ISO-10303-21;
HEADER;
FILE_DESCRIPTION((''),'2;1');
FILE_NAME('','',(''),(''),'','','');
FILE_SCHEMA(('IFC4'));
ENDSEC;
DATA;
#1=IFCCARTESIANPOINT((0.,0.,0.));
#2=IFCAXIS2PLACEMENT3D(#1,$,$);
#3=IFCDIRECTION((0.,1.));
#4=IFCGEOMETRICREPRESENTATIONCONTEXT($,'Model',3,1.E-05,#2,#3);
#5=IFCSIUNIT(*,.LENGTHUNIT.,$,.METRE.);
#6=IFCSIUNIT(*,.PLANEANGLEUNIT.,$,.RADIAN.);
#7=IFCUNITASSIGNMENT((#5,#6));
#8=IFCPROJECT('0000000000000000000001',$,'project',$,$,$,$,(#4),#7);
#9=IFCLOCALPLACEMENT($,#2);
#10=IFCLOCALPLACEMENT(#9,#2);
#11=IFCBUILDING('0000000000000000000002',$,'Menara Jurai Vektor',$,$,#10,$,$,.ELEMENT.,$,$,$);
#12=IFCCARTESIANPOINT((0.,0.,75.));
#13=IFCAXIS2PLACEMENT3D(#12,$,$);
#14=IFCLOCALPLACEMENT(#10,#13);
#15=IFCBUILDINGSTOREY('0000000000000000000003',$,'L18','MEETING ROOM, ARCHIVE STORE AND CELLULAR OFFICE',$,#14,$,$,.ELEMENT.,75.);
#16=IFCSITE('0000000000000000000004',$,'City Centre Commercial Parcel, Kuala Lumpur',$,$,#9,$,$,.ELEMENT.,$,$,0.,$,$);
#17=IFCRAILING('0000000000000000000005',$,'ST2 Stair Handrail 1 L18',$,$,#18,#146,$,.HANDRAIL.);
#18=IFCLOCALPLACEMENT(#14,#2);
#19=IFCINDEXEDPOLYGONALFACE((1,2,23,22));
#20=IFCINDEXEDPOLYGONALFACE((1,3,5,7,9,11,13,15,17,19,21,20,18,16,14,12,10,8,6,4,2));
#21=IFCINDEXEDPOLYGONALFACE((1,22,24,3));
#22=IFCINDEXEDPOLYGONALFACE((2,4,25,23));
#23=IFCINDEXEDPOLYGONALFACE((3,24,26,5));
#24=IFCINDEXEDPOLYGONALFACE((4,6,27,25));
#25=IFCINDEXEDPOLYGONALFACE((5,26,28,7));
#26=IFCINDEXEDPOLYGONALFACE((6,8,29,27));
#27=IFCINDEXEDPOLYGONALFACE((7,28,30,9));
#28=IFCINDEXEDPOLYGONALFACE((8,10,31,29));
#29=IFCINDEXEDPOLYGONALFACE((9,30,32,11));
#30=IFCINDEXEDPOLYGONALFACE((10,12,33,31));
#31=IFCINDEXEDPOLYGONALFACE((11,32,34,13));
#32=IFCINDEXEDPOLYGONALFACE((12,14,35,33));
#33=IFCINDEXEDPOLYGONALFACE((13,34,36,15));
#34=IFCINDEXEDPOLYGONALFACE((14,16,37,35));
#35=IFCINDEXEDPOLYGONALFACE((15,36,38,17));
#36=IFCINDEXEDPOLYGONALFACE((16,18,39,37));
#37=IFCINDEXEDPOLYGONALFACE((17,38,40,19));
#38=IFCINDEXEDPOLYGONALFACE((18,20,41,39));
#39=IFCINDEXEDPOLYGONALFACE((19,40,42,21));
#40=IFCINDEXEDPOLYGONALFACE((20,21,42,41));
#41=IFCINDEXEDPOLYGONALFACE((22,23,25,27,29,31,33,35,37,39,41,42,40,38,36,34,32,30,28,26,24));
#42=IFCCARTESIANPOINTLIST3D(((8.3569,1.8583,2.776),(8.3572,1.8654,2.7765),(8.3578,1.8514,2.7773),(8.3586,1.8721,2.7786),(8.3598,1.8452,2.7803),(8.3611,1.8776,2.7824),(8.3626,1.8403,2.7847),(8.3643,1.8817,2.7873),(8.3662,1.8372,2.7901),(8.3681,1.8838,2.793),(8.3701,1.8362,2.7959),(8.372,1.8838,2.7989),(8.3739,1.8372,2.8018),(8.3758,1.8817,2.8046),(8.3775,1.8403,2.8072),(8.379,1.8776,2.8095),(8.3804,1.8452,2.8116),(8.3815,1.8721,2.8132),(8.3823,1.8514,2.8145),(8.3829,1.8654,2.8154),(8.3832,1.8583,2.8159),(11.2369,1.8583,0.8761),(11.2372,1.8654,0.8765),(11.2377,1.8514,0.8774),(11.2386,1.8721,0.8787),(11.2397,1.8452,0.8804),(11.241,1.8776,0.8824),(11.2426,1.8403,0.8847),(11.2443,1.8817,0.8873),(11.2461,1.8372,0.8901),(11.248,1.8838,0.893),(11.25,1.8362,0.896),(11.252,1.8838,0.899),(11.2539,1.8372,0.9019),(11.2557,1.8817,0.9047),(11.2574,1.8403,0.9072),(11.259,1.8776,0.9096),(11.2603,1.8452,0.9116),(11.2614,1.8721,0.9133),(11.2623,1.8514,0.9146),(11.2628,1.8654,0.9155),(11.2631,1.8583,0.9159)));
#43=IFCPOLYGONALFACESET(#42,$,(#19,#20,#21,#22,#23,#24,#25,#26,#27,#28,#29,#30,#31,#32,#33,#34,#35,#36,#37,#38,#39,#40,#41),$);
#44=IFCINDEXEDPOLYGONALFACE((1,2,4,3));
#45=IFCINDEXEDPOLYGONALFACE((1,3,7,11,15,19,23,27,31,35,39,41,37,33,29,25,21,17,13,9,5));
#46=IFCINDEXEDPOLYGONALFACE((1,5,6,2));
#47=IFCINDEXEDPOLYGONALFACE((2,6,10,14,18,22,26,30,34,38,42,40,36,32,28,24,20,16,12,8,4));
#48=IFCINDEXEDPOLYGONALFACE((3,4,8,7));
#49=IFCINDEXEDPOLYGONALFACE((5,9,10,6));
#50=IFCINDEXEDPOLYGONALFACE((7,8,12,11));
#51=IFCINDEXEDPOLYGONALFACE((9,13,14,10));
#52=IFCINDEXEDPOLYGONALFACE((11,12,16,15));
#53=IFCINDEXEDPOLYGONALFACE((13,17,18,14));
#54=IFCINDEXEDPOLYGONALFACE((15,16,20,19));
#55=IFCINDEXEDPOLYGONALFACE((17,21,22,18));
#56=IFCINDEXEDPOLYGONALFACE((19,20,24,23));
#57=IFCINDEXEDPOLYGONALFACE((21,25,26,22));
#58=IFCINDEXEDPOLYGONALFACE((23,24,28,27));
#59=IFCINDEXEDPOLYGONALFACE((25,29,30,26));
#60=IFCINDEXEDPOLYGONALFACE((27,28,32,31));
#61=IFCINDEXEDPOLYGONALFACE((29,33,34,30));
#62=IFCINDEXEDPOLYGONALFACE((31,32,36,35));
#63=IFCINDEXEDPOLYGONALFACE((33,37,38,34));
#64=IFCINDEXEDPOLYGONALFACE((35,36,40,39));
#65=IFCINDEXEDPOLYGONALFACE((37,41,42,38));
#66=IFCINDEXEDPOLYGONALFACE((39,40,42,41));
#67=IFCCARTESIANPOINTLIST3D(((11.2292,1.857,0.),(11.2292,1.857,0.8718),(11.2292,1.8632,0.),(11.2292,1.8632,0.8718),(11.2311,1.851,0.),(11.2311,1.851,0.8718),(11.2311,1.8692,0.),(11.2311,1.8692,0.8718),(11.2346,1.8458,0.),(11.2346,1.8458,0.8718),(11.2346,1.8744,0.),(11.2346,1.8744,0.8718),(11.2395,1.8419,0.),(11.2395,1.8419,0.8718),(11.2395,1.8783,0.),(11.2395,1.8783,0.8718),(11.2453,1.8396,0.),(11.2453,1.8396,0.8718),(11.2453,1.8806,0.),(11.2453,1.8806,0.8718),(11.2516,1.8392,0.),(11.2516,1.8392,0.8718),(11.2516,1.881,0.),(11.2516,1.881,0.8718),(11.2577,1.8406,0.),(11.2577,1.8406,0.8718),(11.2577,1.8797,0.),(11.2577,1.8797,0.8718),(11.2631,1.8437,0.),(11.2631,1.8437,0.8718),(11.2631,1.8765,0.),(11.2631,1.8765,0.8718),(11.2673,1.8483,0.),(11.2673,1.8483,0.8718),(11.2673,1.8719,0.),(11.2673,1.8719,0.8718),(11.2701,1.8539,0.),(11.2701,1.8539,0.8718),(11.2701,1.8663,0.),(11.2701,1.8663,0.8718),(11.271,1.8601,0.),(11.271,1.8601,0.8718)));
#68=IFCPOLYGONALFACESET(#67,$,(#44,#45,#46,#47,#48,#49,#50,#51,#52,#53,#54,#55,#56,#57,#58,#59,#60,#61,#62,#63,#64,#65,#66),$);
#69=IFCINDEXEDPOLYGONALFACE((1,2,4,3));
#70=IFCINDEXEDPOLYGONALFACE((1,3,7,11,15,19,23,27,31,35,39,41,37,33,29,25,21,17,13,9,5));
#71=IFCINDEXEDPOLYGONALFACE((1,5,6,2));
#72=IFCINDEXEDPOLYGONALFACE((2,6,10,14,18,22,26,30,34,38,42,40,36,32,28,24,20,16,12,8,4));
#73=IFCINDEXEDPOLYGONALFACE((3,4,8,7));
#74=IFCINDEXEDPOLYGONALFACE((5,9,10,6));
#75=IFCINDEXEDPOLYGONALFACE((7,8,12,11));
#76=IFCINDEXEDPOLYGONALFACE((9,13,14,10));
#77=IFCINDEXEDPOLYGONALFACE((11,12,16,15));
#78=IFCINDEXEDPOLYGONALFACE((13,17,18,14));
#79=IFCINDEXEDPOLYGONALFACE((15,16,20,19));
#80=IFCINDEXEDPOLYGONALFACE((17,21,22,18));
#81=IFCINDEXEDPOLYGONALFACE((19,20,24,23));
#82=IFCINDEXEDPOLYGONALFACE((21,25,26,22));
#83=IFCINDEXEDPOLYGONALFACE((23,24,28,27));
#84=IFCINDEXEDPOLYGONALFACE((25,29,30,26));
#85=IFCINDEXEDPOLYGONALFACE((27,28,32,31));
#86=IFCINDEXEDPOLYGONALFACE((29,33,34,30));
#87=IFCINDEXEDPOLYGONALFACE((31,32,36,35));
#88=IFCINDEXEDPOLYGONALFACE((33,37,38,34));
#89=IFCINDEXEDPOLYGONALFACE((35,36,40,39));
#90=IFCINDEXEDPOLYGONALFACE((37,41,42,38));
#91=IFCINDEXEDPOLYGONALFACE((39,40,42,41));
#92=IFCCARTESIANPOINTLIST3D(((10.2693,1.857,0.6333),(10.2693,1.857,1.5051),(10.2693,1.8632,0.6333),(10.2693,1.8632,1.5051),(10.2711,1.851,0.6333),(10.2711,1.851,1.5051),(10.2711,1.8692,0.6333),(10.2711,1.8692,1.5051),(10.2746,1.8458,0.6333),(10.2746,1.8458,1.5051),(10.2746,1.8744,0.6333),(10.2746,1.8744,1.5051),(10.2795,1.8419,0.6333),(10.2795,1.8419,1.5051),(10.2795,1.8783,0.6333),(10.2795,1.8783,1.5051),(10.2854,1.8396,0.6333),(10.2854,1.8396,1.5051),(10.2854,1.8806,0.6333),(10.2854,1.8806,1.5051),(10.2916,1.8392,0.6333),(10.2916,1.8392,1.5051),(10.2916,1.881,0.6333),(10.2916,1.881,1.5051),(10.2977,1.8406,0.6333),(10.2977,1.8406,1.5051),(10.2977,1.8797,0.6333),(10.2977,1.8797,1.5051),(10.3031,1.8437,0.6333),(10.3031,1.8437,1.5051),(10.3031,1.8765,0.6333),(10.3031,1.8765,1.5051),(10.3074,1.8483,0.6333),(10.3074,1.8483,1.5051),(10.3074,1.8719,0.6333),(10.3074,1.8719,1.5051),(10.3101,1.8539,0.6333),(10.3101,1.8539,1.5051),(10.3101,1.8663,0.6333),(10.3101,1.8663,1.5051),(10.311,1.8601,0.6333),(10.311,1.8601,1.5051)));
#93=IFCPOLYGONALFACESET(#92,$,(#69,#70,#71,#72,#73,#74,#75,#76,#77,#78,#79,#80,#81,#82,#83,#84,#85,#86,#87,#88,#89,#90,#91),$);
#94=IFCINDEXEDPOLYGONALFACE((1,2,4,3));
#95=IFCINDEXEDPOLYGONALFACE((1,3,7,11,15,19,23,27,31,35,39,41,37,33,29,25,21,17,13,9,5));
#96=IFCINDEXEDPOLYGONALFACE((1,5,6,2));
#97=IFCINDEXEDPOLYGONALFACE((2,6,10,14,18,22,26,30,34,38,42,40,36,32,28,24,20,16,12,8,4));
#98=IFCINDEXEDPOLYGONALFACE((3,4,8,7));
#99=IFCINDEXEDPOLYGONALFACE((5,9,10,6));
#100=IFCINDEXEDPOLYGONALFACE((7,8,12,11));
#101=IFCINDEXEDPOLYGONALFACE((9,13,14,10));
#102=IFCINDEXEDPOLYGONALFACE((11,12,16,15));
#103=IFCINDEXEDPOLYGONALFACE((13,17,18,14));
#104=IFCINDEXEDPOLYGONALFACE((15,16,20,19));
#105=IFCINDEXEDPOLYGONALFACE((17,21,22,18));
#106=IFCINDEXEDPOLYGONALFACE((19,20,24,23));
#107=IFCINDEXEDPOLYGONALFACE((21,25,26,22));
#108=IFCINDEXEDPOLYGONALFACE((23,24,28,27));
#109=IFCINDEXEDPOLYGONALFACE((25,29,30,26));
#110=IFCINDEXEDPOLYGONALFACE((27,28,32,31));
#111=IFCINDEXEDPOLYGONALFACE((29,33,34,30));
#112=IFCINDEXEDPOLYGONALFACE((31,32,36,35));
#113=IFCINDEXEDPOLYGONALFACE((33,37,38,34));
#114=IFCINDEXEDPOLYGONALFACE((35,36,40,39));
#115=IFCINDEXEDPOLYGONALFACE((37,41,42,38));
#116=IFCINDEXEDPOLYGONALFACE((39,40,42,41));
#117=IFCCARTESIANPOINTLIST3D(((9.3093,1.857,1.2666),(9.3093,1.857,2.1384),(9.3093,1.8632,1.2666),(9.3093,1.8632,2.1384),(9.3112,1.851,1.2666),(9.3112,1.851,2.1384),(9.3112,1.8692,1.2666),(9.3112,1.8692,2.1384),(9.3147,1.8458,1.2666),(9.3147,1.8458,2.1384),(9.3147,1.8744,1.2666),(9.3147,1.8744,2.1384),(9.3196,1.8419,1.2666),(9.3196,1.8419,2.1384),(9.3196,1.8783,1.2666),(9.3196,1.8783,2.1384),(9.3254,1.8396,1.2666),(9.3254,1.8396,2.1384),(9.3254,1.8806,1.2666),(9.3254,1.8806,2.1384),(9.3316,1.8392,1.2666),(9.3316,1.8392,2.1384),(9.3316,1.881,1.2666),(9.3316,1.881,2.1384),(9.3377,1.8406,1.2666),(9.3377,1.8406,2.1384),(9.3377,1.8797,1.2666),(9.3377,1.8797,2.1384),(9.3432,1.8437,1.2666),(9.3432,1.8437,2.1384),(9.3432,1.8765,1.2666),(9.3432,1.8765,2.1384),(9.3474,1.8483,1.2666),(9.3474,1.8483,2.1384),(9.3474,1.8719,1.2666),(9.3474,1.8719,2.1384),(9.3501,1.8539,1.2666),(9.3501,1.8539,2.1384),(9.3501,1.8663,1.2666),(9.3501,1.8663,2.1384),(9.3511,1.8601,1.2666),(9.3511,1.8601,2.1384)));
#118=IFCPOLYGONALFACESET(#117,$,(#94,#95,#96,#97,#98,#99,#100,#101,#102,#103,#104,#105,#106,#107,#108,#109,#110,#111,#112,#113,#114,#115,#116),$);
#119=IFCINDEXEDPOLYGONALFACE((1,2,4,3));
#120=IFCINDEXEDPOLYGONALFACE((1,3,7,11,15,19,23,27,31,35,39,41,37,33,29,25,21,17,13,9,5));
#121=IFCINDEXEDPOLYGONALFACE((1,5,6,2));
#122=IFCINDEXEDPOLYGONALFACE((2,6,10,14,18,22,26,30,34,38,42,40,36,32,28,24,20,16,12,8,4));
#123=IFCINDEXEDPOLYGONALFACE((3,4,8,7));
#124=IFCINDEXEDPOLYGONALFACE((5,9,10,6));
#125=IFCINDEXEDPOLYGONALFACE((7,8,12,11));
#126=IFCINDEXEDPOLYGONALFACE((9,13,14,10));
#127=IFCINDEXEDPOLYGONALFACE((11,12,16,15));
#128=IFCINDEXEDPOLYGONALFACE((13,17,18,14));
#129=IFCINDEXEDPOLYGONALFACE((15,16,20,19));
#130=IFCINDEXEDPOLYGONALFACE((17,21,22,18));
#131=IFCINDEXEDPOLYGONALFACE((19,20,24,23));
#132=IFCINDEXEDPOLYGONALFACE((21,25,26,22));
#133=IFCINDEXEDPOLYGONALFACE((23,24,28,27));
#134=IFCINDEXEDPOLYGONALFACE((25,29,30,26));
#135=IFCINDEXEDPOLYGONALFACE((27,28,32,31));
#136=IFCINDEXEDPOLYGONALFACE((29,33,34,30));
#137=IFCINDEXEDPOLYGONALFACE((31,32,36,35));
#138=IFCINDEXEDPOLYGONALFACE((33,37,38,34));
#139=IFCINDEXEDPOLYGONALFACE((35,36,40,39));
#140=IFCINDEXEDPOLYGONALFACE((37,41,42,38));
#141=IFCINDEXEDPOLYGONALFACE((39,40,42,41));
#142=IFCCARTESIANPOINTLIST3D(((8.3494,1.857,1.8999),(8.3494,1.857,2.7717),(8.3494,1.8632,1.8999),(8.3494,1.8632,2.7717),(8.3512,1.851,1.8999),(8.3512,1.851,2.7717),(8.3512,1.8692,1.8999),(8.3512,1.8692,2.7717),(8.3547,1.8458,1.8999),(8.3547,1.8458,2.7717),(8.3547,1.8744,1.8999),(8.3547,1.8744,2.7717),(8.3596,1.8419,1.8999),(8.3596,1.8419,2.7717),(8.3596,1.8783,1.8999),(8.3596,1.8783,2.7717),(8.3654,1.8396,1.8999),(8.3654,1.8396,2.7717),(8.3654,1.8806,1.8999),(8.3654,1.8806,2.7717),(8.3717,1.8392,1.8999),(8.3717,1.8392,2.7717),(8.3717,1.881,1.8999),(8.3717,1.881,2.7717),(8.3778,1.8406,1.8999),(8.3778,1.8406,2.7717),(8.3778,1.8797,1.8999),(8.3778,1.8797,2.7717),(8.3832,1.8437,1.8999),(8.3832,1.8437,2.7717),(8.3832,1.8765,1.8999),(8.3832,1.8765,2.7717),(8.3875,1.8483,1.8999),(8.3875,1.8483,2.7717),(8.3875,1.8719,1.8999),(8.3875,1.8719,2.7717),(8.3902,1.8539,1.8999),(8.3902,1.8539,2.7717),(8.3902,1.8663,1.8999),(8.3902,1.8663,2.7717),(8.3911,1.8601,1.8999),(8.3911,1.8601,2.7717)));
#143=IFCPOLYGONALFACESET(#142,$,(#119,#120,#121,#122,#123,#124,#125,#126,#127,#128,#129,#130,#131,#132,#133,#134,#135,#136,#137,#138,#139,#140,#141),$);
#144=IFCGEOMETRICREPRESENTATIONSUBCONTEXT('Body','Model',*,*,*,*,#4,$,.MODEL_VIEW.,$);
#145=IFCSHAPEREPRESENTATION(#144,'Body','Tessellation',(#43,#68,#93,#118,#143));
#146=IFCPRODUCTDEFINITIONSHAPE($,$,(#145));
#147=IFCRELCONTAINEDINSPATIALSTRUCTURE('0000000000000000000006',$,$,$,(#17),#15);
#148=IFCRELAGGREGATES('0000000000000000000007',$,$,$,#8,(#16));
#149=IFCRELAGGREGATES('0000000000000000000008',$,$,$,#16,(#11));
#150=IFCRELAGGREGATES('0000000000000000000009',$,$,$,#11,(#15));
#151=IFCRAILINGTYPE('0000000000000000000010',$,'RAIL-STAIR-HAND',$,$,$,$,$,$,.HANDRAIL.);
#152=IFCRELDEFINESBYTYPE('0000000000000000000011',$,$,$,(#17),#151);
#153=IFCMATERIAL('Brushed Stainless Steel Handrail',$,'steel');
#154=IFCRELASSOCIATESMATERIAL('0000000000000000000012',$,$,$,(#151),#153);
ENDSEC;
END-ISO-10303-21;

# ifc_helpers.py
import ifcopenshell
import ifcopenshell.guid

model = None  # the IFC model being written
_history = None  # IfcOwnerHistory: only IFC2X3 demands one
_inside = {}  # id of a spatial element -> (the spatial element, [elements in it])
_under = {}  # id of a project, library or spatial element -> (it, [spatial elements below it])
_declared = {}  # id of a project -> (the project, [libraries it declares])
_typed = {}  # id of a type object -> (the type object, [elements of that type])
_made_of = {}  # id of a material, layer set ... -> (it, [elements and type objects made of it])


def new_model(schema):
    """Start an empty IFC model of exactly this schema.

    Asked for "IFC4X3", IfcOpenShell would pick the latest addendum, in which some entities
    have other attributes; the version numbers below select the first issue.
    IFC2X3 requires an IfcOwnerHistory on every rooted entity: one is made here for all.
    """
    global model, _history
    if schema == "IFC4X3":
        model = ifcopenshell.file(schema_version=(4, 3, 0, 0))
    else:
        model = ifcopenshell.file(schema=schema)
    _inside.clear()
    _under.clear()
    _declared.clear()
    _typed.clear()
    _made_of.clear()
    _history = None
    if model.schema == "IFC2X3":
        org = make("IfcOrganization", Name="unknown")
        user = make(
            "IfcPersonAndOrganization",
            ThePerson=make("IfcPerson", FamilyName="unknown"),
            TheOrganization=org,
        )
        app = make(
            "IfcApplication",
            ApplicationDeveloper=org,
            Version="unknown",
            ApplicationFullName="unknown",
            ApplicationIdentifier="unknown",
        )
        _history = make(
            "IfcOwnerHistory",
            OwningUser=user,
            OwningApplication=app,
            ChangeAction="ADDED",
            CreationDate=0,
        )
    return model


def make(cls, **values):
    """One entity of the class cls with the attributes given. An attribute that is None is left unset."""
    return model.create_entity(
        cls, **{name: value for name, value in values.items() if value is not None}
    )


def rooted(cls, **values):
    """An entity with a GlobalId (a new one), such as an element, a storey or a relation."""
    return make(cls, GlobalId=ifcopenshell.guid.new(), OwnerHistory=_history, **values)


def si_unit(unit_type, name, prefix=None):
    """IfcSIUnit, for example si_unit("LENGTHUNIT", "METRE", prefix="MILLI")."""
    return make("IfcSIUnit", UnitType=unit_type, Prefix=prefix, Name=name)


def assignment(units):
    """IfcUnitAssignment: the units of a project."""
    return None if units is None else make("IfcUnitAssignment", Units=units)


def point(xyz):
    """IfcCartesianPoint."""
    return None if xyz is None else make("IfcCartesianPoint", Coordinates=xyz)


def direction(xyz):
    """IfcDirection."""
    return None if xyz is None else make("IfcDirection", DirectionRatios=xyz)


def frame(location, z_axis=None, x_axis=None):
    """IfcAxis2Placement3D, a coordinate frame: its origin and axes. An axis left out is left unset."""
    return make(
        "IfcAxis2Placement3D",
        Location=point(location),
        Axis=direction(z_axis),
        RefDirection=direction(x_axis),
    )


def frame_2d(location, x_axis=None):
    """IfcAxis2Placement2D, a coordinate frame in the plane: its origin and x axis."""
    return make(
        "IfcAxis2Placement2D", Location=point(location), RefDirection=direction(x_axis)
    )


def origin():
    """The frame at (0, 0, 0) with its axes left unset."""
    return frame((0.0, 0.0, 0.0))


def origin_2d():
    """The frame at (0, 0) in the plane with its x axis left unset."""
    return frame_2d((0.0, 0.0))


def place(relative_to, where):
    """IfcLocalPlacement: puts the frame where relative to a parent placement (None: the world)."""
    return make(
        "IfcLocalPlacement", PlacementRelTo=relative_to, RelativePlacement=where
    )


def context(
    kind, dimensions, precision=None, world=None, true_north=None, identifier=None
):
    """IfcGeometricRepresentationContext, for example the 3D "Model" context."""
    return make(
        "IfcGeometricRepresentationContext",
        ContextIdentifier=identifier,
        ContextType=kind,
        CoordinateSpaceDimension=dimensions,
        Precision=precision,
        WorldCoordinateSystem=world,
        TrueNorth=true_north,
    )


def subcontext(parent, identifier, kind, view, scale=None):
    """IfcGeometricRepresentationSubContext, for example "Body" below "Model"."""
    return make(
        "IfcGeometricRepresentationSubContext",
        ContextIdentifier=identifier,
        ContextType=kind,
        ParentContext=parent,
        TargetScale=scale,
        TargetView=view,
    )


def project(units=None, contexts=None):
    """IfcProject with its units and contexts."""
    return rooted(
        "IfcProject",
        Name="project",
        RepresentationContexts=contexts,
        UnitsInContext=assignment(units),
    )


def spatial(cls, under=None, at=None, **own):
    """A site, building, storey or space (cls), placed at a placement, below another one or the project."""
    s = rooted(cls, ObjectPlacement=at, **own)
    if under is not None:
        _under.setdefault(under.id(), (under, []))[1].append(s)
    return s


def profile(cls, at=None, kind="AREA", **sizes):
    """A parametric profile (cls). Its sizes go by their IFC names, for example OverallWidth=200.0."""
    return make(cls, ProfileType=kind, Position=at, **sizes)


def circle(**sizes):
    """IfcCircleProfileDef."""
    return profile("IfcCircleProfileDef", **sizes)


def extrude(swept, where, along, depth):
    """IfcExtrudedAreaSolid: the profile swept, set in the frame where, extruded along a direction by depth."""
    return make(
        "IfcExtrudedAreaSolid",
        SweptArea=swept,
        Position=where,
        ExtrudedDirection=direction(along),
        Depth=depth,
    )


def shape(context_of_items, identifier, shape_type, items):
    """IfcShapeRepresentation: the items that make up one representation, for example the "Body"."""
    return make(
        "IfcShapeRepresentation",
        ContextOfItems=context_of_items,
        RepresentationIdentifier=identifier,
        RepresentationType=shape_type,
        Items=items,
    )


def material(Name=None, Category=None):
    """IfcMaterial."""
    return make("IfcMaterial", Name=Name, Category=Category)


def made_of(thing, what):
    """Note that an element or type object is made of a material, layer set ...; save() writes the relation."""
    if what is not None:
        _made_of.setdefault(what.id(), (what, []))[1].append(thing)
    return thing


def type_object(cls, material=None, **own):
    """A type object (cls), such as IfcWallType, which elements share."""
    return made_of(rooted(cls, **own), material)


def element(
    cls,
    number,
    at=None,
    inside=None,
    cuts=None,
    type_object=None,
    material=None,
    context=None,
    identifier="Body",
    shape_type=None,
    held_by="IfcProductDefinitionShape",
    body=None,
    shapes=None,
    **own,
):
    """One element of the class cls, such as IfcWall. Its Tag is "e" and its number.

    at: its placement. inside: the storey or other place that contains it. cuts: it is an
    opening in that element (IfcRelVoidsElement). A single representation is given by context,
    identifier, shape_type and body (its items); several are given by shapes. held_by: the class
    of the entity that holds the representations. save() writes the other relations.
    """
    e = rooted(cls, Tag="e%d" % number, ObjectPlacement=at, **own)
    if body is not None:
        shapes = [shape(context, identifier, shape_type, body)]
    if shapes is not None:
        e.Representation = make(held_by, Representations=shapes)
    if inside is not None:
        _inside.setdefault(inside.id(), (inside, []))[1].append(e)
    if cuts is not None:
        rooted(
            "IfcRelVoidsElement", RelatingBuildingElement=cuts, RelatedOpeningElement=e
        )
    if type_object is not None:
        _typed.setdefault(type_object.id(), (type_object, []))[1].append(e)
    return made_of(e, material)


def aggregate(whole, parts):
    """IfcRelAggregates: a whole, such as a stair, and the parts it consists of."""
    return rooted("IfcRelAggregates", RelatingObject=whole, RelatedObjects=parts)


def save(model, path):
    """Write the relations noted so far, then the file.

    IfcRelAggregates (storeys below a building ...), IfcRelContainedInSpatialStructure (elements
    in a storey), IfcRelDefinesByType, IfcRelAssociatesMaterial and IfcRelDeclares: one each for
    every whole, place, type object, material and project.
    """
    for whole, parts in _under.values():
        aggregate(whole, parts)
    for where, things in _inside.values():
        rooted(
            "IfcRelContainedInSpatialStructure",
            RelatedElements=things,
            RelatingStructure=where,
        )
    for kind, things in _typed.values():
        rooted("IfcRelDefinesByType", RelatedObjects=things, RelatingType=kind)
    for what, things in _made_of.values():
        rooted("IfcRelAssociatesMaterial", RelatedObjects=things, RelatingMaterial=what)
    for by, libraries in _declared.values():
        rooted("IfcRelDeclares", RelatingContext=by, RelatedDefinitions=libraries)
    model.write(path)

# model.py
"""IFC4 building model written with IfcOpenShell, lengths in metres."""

from ifc_helpers import new_model, si_unit, direction, frame, origin, origin_2d, place, context, subcontext, project, spatial, circle, extrude, material, type_object, element, save


model = new_model("IFC4")

# Units and contexts
model_context = context("Model", 3, precision=1e-05, world=origin(), true_north=direction((0.0, 1.0)))
body_context = subcontext(model_context, "Body", "Model", "MODEL_VIEW")
ifc_project = project(units=[si_unit("LENGTHUNIT", "METRE"), si_unit("PLANEANGLEUNIT", "RADIAN")], contexts=[model_context])

# Site, building, storey
site_placement = place(None, origin())
site = spatial("IfcSite", under=ifc_project, at=site_placement, Name="City Centre Commercial Parcel, Kuala Lumpur", CompositionType="ELEMENT", RefElevation=0.0)
building_placement = place(site_placement, origin())
building = spatial("IfcBuilding", under=site, at=building_placement, Name="Menara Jurai Vektor", CompositionType="ELEMENT")
storey_placement = place(building_placement, frame((0.0, 0.0, 75.0)))
storey = spatial("IfcBuildingStorey", under=building, at=storey_placement, Name="L18", Description="MEETING ROOM, ARCHIVE STORE AND CELLULAR OFFICE", CompositionType="ELEMENT", Elevation=75.0)

# Railing
ifc_material_1 = material(Name="Brushed Stainless Steel Handrail", Category="steel")
railing_type_1 = type_object("IfcRailingType", Name="RAIL-STAIR-HAND", PredefinedType="HANDRAIL", material=ifc_material_1)
railing_1_placement = place(storey_placement, frame((11.25, 1.8601, 0.0)))
element("IfcRailing", 1, at=railing_1_placement, inside=storey, type_object=railing_type_1, Name="ST2 Stair Handrail 1 L18", PredefinedType="HANDRAIL", context=body_context, shape_type="SweptSolid", body=[
    extrude(circle(Radius=0.0239, at=origin_2d()), frame((0.0, 0.0, 0.896), z_axis=(-0.834719, 0.0, 0.550677), x_axis=(0.0, -1.0, 0.0)), (0.0, 0.0, 1.0), 3.4502),
    extrude(circle(Radius=0.021, at=origin_2d()), origin(), (0.0, 0.0, 1.0), 0.8718),
    extrude(circle(Radius=0.021, at=origin_2d()), frame((-0.96, 0.0, 0.6333)), (0.0, 0.0, 1.0), 0.8718),
    extrude(circle(Radius=0.021, at=origin_2d()), frame((-1.9199, 0.0, 1.2666)), (0.0, 0.0, 1.0), 0.8718),
    extrude(circle(Radius=0.021, at=origin_2d()), frame((-2.8799, 0.0, 1.8999)), (0.0, 0.0, 1.0), 0.8718),
])

save(model, "model.ifc")
